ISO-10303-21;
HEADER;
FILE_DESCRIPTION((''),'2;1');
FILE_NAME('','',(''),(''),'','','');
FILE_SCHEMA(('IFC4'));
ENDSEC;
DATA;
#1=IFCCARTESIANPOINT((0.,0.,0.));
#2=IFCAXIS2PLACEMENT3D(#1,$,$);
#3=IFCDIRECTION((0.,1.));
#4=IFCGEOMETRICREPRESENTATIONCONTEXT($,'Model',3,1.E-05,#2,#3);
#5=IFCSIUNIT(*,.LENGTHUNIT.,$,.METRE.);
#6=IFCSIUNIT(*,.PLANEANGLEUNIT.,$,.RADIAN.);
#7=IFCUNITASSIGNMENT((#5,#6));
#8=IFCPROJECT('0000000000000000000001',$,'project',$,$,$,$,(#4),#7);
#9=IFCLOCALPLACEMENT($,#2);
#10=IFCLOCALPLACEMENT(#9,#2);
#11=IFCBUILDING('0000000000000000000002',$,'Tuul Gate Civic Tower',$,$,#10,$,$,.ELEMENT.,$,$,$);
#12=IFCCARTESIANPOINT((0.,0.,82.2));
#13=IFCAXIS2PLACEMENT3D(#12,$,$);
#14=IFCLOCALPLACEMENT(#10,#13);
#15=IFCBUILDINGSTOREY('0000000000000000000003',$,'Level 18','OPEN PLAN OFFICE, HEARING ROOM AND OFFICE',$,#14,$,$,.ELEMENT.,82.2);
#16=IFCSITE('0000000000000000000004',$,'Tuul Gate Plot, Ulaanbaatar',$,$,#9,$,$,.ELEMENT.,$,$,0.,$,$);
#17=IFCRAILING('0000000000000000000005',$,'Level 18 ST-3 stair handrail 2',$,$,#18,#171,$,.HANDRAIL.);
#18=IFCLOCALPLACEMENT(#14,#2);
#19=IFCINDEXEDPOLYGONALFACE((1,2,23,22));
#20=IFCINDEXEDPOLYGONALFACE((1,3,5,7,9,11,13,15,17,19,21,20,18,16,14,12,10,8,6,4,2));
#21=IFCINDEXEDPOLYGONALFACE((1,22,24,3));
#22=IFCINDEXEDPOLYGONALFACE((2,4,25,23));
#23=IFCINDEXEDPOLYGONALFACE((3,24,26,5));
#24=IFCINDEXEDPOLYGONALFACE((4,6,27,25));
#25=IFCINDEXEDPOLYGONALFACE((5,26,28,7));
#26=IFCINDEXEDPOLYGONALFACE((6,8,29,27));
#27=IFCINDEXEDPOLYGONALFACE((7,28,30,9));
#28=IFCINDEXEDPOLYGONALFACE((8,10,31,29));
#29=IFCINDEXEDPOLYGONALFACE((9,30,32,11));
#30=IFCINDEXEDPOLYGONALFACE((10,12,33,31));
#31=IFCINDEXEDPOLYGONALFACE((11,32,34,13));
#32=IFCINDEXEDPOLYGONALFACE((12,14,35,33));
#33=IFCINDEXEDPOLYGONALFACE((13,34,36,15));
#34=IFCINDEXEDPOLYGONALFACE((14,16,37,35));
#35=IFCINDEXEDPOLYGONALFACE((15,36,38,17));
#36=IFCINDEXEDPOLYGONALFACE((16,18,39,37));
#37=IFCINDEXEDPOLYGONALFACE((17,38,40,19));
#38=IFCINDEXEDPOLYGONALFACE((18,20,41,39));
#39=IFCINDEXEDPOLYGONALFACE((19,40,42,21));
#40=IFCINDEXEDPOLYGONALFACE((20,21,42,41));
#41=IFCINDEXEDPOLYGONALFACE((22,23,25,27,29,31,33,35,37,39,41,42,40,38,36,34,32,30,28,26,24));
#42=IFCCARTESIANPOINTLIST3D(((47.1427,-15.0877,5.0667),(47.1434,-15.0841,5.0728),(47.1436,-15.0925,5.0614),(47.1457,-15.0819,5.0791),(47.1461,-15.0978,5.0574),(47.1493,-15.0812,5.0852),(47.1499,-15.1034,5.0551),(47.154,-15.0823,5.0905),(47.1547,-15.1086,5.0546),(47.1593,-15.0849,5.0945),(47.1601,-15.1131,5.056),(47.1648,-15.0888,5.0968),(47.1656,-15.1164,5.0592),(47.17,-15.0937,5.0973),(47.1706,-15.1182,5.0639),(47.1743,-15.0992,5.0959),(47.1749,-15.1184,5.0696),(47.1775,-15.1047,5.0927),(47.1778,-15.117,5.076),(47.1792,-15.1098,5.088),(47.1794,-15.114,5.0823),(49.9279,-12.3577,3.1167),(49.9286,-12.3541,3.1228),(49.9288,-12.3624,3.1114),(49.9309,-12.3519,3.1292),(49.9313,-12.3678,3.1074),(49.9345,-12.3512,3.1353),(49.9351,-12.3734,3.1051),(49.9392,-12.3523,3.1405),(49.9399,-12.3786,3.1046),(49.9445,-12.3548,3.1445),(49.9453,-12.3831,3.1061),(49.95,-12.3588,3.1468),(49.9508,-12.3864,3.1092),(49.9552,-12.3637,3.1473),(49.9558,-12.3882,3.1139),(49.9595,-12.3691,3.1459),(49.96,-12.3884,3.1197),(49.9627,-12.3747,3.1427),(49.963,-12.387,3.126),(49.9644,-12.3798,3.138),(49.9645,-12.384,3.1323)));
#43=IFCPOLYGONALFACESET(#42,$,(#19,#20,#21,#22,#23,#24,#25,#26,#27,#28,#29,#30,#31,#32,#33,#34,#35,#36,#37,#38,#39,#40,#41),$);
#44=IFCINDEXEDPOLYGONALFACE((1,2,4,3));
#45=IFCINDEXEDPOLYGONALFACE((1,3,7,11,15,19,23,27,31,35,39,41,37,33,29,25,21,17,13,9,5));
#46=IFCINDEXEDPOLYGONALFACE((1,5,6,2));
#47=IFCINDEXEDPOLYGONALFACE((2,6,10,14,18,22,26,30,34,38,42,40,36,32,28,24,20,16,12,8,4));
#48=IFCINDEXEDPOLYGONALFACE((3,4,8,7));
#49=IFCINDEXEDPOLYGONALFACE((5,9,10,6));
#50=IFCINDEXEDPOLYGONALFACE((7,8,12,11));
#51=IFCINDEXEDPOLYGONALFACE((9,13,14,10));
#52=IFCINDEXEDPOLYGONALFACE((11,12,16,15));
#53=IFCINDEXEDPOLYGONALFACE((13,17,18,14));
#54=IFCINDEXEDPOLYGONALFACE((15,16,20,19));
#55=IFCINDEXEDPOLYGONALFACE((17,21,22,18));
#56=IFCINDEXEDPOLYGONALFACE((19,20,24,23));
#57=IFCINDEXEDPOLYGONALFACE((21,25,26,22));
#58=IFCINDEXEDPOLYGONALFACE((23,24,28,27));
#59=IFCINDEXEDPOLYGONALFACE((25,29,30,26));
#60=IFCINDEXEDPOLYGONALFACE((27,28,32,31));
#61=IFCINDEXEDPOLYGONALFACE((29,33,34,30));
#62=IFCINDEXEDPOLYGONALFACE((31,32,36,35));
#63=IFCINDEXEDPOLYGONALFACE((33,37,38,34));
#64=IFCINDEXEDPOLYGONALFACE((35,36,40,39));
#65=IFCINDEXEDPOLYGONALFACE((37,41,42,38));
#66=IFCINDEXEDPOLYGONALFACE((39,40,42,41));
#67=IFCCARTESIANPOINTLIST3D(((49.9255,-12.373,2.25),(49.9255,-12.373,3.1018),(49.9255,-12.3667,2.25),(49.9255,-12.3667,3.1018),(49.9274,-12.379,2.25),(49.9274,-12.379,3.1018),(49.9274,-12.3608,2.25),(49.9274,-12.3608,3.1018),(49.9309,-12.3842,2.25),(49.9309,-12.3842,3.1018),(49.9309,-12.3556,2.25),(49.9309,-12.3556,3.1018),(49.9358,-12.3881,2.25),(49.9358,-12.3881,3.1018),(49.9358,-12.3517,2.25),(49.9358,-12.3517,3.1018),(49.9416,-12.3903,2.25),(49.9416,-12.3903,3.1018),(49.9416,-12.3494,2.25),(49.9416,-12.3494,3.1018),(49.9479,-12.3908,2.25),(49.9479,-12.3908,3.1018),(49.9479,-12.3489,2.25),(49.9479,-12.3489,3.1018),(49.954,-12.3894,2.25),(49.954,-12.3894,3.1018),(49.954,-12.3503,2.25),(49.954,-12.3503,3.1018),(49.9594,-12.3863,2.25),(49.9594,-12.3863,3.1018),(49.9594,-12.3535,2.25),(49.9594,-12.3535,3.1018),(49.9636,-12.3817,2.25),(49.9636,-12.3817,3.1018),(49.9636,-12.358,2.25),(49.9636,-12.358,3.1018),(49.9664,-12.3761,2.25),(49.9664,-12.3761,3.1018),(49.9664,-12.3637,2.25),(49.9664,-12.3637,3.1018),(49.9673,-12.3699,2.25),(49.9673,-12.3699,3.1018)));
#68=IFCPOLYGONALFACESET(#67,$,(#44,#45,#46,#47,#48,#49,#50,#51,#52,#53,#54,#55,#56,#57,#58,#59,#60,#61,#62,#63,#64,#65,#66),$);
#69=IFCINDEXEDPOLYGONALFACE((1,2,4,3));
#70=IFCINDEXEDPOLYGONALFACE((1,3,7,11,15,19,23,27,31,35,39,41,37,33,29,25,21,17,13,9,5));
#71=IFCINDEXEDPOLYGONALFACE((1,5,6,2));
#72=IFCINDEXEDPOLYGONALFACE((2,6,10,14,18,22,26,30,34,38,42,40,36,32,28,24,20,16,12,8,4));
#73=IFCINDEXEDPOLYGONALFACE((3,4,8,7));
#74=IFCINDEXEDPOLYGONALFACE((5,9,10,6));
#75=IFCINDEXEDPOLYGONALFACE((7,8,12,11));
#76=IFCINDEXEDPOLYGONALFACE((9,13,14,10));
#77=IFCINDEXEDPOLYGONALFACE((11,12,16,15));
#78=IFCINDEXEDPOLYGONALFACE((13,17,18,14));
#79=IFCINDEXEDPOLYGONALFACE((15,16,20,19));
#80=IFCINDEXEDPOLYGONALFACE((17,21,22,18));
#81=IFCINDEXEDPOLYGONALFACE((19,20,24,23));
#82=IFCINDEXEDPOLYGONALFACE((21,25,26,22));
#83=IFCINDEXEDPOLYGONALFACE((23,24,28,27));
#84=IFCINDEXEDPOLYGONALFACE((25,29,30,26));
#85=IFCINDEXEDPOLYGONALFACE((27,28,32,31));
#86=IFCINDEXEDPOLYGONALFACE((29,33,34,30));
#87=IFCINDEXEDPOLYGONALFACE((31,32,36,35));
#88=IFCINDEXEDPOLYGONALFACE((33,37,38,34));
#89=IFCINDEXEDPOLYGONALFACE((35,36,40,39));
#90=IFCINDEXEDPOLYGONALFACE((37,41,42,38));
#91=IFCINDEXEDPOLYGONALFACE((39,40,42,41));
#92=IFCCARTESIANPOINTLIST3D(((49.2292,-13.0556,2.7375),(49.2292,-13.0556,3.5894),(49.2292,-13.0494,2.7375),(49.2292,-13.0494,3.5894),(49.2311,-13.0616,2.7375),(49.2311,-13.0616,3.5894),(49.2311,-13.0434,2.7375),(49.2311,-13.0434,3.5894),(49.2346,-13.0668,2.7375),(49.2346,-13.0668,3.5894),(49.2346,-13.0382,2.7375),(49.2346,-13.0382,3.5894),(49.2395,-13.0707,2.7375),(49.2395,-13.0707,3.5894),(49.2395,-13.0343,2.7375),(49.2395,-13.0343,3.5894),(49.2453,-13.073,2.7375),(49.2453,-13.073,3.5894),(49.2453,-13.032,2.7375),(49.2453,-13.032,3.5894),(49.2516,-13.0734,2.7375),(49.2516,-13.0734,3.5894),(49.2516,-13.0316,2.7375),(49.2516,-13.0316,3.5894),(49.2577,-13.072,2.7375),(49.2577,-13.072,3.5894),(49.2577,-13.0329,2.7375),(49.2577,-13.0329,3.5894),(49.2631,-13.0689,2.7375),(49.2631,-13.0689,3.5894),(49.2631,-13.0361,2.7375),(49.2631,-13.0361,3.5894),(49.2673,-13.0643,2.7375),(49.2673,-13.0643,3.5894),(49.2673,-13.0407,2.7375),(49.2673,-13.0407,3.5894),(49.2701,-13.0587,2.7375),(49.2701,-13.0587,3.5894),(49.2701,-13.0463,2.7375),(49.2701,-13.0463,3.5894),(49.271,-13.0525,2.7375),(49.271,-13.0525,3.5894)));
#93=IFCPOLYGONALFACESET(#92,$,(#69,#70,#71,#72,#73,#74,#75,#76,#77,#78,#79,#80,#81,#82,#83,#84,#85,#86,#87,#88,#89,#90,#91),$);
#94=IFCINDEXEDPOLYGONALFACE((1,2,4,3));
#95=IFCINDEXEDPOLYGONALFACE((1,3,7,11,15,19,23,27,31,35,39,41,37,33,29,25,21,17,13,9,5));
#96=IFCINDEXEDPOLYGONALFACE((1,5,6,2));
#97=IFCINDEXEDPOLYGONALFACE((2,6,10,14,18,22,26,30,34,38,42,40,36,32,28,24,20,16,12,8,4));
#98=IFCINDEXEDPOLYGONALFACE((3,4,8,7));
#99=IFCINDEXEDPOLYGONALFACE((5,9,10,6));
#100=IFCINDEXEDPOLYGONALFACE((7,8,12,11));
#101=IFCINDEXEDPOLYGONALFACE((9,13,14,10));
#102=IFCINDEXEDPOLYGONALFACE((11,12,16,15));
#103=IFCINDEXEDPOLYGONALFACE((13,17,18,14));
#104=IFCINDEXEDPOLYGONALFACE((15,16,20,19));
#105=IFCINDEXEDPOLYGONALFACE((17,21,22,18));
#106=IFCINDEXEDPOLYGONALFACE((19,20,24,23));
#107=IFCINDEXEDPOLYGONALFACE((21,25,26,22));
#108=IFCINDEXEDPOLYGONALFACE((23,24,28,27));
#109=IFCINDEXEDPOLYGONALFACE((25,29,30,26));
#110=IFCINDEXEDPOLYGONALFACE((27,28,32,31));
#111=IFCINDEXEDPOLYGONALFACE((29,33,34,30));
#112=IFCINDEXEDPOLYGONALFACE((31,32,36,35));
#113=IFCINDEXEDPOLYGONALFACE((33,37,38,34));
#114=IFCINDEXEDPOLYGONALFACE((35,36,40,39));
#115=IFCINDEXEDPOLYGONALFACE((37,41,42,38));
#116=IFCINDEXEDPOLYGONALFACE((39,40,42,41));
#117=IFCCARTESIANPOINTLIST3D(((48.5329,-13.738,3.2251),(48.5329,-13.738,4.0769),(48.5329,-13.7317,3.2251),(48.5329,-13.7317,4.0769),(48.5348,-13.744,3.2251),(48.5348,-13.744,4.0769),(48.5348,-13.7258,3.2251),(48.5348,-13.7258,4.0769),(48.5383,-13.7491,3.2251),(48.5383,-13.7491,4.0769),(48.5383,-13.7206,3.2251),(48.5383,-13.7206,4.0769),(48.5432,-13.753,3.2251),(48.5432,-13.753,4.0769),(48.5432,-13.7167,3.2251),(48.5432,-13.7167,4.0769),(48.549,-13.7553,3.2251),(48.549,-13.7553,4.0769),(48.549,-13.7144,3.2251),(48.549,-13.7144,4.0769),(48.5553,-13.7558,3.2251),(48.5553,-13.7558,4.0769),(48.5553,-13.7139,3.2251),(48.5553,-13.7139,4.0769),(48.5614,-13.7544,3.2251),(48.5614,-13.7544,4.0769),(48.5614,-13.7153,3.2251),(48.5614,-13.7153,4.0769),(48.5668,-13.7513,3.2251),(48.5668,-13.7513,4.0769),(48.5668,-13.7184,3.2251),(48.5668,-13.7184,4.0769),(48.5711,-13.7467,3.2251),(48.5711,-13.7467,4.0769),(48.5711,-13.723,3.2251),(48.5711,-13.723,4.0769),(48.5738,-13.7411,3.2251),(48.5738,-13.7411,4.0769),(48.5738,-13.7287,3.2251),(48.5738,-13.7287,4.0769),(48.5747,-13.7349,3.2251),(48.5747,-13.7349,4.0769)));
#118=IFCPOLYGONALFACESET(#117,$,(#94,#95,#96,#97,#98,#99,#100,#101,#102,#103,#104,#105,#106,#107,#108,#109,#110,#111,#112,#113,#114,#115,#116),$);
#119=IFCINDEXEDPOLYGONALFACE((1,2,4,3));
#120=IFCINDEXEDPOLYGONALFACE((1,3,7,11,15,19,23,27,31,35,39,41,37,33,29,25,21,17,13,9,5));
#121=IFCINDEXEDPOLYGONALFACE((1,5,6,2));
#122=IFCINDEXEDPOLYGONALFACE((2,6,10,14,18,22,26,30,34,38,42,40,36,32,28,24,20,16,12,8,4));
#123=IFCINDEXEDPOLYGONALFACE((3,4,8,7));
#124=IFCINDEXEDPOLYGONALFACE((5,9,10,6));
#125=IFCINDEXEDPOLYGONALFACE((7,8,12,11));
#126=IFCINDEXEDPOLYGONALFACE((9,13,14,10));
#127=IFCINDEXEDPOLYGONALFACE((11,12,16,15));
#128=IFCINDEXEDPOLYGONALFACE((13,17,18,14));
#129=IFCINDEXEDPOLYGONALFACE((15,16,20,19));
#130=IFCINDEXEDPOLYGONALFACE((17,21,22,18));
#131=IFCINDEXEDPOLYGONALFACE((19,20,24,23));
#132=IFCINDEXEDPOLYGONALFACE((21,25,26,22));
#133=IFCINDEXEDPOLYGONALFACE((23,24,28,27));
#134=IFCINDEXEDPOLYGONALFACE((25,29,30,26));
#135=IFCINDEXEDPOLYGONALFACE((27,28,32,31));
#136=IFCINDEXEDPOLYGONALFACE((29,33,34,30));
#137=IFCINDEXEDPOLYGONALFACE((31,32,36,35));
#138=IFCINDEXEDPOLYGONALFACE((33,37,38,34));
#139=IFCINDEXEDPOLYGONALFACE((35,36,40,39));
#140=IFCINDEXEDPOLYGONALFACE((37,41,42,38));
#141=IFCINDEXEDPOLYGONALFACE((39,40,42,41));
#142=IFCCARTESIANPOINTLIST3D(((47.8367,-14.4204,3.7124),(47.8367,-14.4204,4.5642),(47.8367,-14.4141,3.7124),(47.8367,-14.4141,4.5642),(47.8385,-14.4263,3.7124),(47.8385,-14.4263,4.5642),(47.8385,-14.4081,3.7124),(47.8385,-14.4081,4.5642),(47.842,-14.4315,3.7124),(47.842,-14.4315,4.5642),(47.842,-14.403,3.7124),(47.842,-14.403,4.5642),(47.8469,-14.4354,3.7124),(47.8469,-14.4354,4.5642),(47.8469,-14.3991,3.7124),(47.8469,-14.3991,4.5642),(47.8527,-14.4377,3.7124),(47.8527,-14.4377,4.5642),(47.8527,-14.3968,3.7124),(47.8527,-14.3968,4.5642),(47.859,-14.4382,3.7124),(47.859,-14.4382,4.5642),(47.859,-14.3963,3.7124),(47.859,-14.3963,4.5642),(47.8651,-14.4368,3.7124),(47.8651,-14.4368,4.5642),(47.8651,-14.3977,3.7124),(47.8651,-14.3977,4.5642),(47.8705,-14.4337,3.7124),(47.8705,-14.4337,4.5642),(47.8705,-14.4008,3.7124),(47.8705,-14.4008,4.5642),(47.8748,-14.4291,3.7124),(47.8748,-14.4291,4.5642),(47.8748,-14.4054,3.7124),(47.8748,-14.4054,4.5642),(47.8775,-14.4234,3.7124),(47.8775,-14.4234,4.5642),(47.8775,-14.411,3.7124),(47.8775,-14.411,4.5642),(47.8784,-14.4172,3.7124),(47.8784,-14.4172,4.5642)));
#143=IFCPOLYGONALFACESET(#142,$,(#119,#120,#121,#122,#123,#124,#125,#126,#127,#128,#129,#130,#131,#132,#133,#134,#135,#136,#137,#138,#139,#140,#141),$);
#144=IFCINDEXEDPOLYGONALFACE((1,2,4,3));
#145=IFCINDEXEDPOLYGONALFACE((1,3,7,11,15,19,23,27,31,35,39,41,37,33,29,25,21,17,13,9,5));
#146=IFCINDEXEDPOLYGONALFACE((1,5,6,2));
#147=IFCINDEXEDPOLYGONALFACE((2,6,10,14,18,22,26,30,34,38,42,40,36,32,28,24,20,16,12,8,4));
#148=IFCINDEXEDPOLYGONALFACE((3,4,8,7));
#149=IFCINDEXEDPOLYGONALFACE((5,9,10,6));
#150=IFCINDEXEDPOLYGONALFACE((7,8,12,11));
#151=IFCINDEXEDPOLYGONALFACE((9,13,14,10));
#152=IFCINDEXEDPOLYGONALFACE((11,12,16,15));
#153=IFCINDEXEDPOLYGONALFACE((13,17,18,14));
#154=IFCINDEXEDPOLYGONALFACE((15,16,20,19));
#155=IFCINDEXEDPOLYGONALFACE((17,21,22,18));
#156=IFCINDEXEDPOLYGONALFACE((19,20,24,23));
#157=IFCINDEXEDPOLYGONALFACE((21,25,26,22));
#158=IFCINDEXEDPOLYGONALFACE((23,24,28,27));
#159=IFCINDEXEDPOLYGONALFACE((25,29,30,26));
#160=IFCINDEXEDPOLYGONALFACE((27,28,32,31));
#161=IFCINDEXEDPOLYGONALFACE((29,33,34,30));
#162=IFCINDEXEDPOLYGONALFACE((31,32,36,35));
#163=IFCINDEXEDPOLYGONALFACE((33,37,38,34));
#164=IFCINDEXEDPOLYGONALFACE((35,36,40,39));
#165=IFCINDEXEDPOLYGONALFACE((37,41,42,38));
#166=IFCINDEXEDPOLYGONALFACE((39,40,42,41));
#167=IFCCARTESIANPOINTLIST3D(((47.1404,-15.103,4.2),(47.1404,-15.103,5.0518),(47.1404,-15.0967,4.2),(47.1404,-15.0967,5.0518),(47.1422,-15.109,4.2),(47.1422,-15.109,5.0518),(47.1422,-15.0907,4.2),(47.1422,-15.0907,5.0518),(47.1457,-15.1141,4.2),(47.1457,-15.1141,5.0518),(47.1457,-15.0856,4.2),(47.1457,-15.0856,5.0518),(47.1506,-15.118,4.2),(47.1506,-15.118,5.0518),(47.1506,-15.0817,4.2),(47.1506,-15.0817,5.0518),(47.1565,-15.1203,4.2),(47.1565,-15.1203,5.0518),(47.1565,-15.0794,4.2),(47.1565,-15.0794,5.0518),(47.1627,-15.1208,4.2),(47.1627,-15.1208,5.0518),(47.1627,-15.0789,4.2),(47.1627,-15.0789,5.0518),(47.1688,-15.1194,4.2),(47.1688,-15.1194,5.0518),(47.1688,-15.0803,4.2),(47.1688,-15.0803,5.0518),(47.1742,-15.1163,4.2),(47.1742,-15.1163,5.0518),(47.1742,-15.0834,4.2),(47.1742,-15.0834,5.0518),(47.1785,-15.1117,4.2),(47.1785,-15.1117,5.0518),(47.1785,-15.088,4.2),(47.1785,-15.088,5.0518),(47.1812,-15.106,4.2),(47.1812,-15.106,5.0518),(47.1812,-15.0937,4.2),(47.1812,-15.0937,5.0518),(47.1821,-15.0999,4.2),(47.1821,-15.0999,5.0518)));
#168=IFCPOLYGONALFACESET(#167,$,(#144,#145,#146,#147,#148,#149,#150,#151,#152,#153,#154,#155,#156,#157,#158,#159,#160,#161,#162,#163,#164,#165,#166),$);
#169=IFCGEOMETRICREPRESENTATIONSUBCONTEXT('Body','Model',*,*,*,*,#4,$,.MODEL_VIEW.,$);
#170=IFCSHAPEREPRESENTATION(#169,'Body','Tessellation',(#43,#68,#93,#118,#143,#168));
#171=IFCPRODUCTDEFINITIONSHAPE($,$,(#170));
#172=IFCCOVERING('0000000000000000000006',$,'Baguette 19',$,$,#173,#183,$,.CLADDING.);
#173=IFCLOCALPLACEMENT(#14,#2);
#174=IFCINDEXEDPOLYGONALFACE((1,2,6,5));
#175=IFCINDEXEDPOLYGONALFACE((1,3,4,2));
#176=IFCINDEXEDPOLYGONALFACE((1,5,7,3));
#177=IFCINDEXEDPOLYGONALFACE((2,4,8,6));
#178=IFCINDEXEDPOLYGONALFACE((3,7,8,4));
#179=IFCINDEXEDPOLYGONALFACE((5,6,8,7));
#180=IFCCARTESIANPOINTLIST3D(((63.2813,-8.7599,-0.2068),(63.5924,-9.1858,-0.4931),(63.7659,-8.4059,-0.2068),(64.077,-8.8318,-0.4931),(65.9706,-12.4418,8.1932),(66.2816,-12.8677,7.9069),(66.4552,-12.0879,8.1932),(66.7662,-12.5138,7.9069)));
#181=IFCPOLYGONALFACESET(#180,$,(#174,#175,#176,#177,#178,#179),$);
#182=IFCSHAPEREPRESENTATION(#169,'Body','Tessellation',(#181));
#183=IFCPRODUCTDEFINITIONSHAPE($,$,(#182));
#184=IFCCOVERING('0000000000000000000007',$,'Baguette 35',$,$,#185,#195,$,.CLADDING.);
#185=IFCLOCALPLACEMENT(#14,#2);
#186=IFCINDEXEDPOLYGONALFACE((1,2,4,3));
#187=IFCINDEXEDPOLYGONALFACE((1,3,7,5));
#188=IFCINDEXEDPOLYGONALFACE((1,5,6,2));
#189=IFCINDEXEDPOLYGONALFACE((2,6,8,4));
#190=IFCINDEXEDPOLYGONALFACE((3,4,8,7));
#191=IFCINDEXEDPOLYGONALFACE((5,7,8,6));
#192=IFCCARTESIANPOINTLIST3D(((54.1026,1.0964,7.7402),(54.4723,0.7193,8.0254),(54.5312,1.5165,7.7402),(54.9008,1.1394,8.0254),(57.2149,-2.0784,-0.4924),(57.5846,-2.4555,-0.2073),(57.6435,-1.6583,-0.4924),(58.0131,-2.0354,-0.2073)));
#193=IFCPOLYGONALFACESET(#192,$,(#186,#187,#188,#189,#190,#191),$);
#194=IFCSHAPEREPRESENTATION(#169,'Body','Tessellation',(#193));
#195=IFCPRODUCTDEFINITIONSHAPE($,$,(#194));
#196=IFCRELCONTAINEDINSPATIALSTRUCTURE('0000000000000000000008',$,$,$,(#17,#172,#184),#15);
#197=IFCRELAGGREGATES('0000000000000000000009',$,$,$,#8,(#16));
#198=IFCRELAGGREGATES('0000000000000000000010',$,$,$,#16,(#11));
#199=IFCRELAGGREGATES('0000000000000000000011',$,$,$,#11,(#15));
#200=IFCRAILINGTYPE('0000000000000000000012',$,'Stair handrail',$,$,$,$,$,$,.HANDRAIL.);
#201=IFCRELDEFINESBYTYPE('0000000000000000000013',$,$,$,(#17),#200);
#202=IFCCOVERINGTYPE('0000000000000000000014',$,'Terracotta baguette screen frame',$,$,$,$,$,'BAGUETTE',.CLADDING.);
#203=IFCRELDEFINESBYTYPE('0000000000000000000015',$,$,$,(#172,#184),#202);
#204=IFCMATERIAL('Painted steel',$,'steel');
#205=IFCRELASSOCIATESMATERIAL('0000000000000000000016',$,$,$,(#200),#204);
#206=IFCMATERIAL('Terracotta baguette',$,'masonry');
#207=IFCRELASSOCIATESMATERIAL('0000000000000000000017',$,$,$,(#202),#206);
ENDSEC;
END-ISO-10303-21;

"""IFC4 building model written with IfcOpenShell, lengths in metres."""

from ifc_helpers import new_model, si_unit, direction, frame, origin, origin_2d, place, context, subcontext, project, spatial, rectangle, circle, extrude, material, material_profile, profile_set, type_object, element, save


model = new_model("IFC4")

# Units and contexts
model_context = context("Model", 3, precision=1e-05, world=origin(), true_north=direction((0.0, 1.0)))
body_context = subcontext(model_context, "Body", "Model", "MODEL_VIEW")
ifc_project = project(units=[si_unit("LENGTHUNIT", "METRE"), si_unit("PLANEANGLEUNIT", "RADIAN")], contexts=[model_context])

# Site, building, storey
site_placement = place(None, origin())
site = spatial("IfcSite", under=ifc_project, at=site_placement, Name="Tuul Gate Plot, Ulaanbaatar", CompositionType="ELEMENT", RefElevation=0.0)
building_placement = place(site_placement, origin())
building = spatial("IfcBuilding", under=site, at=building_placement, Name="Tuul Gate Civic Tower", CompositionType="ELEMENT")
storey_placement = place(building_placement, frame((0.0, 0.0, 82.2)))
storey = spatial("IfcBuildingStorey", under=building, at=storey_placement, Name="Level 18", Description="OPEN PLAN OFFICE, HEARING ROOM AND OFFICE", CompositionType="ELEMENT", Elevation=82.2)

# Railing
ifc_material_1 = material(Name="Painted steel", Category="steel")
railing_type = type_object("IfcRailingType", Name="Stair handrail", PredefinedType="HANDRAIL", material=ifc_material_1)
railing_placement = place(storey_placement, frame((49.9463, -12.3699, 2.25)))
element("IfcRailing", 1, at=railing_placement, inside=storey, type_object=railing_type, Name="Level 18 ST-3 stair handrail 2", PredefinedType="HANDRAIL", context=body_context, shape_type="SweptSolid", body=[
    extrude(circle(Radius=0.0239, at=origin_2d()), frame((0.0, 0.0, 0.876), z_axis=(-0.638754, -0.6261, 0.447206), x_axis=(0.699998, -0.714145, 0.0)), (0.0, 0.0, 1.0), 4.3604),
    extrude(circle(Radius=0.021, at=origin_2d()), origin(), (0.0, 0.0, 1.0), 0.8518),
    extrude(circle(Radius=0.021, at=origin_2d()), frame((-0.6963, -0.6826, 0.4875)), (0.0, 0.0, 1.0), 0.8518),
    extrude(circle(Radius=0.021, at=origin_2d()), frame((-1.3926, -1.365, 0.9751)), (0.0, 0.0, 1.0), 0.8518),
    extrude(circle(Radius=0.021, at=origin_2d()), frame((-2.0889, -2.0474, 1.4624)), (0.0, 0.0, 1.0), 0.8518),
    extrude(circle(Radius=0.021, at=origin_2d()), frame((-2.7852, -2.73, 1.95)), (0.0, 0.0, 1.0), 0.8518),
])

# Coverings
ifc_material_2 = material(Name="Terracotta baguette", Category="masonry")
ifc_material_profile_1 = material_profile(ifc_material_2, rectangle(XDim=0.6001, YDim=0.6001, at=origin_2d()), Name="Terracotta baguette screen frame")
ifc_profile_set_1 = profile_set([ifc_material_profile_1], Name="Terracotta baguette")
covering_type = type_object("IfcCoveringType", Name="Terracotta baguette screen frame", ElementType="BAGUETTE", PredefinedType="CLADDING", material=ifc_profile_set_1)
covering_1_placement = place(storey_placement, frame((66.3684, -12.4778, 8.05), z_axis=(-0.281371, 0.385234, -0.878877), x_axis=(-0.807537, -0.589817, 0.0)))
element("IfcCovering", 2, at=covering_1_placement, inside=storey, type_object=covering_type, Name="Baguette 19", PredefinedType="CLADDING", context=body_context, shape_type="SweptSolid", body=[
    extrude(rectangle(XDim=0.6001, YDim=0.6001, at=origin_2d()), origin(), (0.0, 0.0, 1.0), 9.5576),
])
covering_2_placement = place(storey_placement, frame((54.5017, 1.1179, 7.8828), z_axis=(0.332638, -0.339318, -0.879895), x_axis=(0.714101, 0.700043, 0.0)))
element("IfcCovering", 3, at=covering_2_placement, inside=storey, type_object=covering_type, Name="Baguette 35", PredefinedType="CLADDING", context=body_context, shape_type="SweptSolid", body=[
    extrude(rectangle(XDim=0.6001, YDim=0.6001, at=origin_2d()), origin(), (0.0, 0.0, 1.0), 9.3564),
])

save(model, "model.ifc")
